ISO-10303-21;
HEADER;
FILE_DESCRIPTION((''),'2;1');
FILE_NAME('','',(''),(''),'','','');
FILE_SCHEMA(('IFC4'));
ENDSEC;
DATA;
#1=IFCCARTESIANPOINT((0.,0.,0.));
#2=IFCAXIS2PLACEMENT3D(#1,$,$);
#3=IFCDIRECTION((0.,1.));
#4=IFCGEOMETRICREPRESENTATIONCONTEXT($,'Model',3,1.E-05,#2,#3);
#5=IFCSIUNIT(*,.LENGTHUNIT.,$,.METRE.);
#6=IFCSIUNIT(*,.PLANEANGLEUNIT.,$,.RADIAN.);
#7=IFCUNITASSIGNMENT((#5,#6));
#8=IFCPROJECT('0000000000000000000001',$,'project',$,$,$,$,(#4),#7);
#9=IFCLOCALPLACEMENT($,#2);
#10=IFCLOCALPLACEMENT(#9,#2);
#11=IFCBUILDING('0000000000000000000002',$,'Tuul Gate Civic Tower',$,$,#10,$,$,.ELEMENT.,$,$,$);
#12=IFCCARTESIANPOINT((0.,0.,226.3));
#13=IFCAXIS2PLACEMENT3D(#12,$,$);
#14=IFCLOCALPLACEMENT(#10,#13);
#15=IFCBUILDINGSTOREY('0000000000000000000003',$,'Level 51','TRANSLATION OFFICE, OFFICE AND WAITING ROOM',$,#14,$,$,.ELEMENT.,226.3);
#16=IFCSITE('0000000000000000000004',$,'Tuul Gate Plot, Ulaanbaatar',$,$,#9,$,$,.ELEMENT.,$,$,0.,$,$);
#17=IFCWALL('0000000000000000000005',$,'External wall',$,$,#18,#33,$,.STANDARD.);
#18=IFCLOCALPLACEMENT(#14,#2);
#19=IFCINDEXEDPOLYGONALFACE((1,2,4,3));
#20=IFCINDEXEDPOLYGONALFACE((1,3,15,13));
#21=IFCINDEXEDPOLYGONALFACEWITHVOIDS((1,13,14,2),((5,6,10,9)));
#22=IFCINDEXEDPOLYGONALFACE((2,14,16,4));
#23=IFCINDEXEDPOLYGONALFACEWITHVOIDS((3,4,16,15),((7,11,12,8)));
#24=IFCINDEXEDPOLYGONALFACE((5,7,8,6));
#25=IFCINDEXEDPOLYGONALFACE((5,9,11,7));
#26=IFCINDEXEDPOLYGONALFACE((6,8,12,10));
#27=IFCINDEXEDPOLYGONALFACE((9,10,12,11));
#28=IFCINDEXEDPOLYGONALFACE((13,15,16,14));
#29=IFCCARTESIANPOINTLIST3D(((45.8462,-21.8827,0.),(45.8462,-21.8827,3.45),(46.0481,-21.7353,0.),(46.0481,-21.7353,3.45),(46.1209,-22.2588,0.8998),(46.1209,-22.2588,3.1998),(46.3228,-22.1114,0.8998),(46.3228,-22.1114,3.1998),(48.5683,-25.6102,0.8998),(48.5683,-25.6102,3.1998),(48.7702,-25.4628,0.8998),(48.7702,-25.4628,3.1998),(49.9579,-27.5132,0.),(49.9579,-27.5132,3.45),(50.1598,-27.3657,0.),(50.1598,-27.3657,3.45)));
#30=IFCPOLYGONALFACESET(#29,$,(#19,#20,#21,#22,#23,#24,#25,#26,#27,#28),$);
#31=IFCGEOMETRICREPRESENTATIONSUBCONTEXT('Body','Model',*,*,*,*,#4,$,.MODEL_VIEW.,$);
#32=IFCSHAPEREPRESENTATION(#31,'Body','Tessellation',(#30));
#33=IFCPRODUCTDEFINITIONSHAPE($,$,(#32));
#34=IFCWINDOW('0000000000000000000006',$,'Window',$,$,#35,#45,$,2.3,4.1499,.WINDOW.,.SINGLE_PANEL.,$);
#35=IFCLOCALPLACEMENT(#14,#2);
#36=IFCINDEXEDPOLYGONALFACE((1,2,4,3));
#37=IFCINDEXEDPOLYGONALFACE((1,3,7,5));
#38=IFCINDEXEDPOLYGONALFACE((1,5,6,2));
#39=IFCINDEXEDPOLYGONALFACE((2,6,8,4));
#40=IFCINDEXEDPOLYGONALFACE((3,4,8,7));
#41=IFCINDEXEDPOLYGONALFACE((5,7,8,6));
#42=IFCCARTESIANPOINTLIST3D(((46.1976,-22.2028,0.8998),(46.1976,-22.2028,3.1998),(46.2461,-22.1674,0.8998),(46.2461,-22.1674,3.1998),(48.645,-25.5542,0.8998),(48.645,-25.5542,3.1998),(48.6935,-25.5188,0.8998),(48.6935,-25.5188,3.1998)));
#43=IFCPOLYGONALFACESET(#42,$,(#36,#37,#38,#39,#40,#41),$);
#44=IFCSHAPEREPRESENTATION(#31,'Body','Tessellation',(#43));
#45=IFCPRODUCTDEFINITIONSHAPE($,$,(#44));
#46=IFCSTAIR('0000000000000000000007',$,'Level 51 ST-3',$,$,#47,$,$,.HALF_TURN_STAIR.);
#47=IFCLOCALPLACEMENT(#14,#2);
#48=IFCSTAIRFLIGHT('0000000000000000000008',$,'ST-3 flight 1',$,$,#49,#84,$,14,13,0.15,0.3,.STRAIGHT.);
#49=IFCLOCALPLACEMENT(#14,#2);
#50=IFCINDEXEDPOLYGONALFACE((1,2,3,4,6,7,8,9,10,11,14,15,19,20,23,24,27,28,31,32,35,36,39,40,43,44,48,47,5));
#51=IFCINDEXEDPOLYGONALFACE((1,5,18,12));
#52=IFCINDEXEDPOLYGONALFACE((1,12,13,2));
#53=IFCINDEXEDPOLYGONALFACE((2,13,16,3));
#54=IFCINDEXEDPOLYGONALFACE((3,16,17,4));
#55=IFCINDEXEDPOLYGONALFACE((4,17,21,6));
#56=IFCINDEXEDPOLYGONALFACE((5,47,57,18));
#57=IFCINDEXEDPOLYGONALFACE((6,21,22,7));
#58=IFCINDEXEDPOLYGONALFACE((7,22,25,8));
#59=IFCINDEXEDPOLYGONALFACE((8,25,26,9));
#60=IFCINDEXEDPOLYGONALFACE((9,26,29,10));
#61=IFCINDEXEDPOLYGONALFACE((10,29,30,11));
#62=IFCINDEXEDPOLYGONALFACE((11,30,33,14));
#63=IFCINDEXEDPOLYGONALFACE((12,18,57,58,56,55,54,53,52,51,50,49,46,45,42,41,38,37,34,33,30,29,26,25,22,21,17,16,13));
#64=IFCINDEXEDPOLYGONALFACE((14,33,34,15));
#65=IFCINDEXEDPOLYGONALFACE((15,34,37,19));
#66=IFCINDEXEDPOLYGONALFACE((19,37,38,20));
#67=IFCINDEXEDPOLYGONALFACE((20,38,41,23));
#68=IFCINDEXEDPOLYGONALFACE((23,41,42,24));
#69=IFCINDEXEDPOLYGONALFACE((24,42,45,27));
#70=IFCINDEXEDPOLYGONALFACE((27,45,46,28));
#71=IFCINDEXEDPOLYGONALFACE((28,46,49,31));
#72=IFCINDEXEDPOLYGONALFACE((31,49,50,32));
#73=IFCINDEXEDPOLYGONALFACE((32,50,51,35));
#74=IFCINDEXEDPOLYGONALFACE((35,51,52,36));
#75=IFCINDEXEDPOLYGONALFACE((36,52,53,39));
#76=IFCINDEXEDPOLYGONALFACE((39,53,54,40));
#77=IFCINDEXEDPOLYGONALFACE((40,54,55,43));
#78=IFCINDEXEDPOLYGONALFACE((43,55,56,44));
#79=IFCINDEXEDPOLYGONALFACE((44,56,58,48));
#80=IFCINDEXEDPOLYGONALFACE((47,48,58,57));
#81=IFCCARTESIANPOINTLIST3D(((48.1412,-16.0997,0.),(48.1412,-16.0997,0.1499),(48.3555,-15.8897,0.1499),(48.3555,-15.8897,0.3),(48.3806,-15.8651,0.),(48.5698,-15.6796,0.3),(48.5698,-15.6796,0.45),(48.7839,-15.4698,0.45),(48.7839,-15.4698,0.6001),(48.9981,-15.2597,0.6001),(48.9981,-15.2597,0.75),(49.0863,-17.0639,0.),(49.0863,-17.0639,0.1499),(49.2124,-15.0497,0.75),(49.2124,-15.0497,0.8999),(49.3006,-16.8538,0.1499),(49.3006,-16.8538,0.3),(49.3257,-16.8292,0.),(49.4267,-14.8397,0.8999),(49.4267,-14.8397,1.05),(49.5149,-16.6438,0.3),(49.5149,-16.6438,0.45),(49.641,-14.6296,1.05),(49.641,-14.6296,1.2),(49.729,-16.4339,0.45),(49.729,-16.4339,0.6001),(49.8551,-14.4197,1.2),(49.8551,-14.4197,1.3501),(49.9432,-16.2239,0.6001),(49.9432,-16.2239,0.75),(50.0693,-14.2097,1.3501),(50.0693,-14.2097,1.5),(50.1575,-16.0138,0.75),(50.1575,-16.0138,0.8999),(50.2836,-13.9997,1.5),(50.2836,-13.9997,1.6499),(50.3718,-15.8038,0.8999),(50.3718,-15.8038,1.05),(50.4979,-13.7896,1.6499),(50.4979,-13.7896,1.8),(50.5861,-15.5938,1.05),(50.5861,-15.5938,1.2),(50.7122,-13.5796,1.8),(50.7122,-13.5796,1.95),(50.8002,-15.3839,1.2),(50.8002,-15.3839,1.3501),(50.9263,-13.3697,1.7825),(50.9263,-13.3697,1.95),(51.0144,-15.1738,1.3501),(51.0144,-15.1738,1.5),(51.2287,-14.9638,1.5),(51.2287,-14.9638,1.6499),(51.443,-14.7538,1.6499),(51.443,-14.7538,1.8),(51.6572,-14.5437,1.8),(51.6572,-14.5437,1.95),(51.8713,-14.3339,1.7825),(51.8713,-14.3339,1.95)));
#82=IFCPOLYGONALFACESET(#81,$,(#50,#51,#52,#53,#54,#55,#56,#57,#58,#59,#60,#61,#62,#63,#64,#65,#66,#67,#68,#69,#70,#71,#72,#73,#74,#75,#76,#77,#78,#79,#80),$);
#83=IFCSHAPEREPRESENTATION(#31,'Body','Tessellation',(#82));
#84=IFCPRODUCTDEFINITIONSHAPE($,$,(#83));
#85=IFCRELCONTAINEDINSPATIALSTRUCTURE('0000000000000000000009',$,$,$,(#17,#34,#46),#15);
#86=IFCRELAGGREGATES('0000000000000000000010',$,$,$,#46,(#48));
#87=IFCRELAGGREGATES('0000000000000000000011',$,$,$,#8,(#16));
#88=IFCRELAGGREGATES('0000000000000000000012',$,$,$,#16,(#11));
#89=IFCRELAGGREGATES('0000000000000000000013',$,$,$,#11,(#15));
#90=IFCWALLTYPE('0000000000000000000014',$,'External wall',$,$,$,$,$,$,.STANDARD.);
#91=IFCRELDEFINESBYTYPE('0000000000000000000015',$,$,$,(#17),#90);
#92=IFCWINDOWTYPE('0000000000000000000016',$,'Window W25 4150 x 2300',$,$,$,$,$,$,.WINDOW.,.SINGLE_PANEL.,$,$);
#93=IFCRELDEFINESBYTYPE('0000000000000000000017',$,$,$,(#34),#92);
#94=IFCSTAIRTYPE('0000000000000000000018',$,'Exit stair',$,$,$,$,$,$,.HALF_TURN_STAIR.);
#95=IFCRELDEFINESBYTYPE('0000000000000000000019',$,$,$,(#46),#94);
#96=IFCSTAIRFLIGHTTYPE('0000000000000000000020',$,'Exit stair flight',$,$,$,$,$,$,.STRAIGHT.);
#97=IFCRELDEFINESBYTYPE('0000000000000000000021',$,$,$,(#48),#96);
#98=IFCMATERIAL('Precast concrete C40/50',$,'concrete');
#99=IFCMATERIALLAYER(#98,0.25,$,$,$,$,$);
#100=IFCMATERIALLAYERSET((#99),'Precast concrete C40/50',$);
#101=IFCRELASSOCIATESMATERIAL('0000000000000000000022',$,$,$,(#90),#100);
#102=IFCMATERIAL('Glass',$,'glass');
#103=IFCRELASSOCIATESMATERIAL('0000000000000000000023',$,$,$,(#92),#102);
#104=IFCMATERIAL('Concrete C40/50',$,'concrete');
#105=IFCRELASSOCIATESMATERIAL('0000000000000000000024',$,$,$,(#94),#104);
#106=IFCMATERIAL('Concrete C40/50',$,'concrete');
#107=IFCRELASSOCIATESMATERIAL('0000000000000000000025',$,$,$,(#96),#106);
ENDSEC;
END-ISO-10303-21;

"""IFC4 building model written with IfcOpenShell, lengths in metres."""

from ifc_helpers import new_model, si_unit, direction, frame, frame_2d, origin, place, context, subcontext, project, spatial, polyline, rectangle, outline, extrude, material, layer, layer_set, type_object, element, fill, aggregate, save


model = new_model("IFC4")

# Units and contexts
model_context = context("Model", 3, precision=1e-05, world=origin(), true_north=direction((0.0, 1.0)))
body_context = subcontext(model_context, "Body", "Model", "MODEL_VIEW")
ifc_project = project(units=[si_unit("LENGTHUNIT", "METRE"), si_unit("PLANEANGLEUNIT", "RADIAN")], contexts=[model_context])

# Site, building, storey
site_placement = place(None, origin())
site = spatial("IfcSite", under=ifc_project, at=site_placement, Name="Tuul Gate Plot, Ulaanbaatar", CompositionType="ELEMENT", RefElevation=0.0)
building_placement = place(site_placement, origin())
building = spatial("IfcBuilding", under=site, at=building_placement, Name="Tuul Gate Civic Tower", CompositionType="ELEMENT")
storey_placement = place(building_placement, frame((0.0, 0.0, 226.3)))
storey = spatial("IfcBuildingStorey", under=building, at=storey_placement, Name="Level 51", Description="TRANSLATION OFFICE, OFFICE AND WAITING ROOM", CompositionType="ELEMENT", Elevation=226.3)

# Wall, opening, window
ifc_material_1 = material(Name="Precast concrete C40/50", Category="concrete")
ifc_layer_1 = layer(ifc_material_1, 0.25)
ifc_layer_set_1 = layer_set([ifc_layer_1], Name="Precast concrete C40/50")
wall_type_1 = type_object("IfcWallType", Name="External wall", PredefinedType="STANDARD", material=ifc_layer_set_1)
wall_1_placement = place(storey_placement, frame((45.9473, -21.8091, 0.0), z_axis=(0.0, 0.0, 1.0), x_axis=(0.589743, -0.807591, 0.0)))
wall_1 = element("IfcWall", 1, at=wall_1_placement, inside=storey, type_object=wall_type_1, Name="External wall", PredefinedType="STANDARD", context=body_context, shape_type="SweptSolid", body=[
    extrude(rectangle(XDim=6.9719, YDim=0.25, at=frame_2d((3.4858, 0.0))), origin(), (0.0, 0.0, 1.0), 3.45),
])
opening_1_placement = place(wall_1_placement, frame((0.4656, 0.0, 0.8999)))
opening_1 = element("IfcOpeningElement", 2, at=opening_1_placement, cuts=wall_1, PredefinedType="OPENING", context=body_context, shape_type="SweptSolid", body=[
    extrude(rectangle(XDim=4.1499, YDim=2.3, at=frame_2d((2.075, 1.1499))), frame((0.0, 0.135, 0.0), z_axis=(0.0, -1.0, 0.0), x_axis=(1.0, 0.0, 0.0)), (0.0, 0.0, 1.0), 0.27),
])
ifc_material_2 = material(Name="Glass", Category="glass")
window_type_1 = type_object("IfcWindowType", Name="Window W25 4150 x 2300", PartitioningType="SINGLE_PANEL", PredefinedType="WINDOW", material=ifc_material_2)
window_1_placement = place(opening_1_placement, origin())
window_1 = element("IfcWindow", 3, at=window_1_placement, inside=storey, type_object=window_type_1, Name="Window", OverallHeight=2.3, OverallWidth=4.1499, PartitioningType="SINGLE_PANEL", PredefinedType="WINDOW", context=body_context, shape_type="SweptSolid", body=[
    extrude(rectangle(XDim=4.1499, YDim=2.3, at=frame_2d((2.075, 1.1499))), frame((0.0, 0.03, 0.0), z_axis=(0.0, -1.0, 0.0), x_axis=(1.0, 0.0, 0.0)), (0.0, 0.0, 1.0), 0.0601),
])
fill(opening_1, window_1)

# Stair, stair flight
ifc_material_3 = material(Name="Concrete C40/50", Category="concrete")
stair_type = type_object("IfcStairType", Name="Exit stair", PredefinedType="HALF_TURN_STAIR", material=ifc_material_3)
stair_placement = place(storey_placement, origin())
stair = element("IfcStair", 4, at=stair_placement, inside=storey, type_object=stair_type, Name="Level 51 ST-3", PredefinedType="HALF_TURN_STAIR")
ifc_material_4 = material(Name="Concrete C40/50", Category="concrete")
stair_flight_type = type_object("IfcStairFlightType", Name="Exit stair flight", PredefinedType="STRAIGHT", material=ifc_material_4)
stair_flight_placement = place(storey_placement, frame((48.6138, -16.5818, 0.0), z_axis=(0.0, 0.0, 1.0), x_axis=(0.714127, 0.700016, 0.0)))
stair_flight = element("IfcStairFlight", 5, at=stair_flight_placement, type_object=stair_flight_type, Name="ST-3 flight 1", NumberOfRisers=14, NumberOfTreads=13, PredefinedType="STRAIGHT", RiserHeight=0.15, TreadLength=0.3, context=body_context, shape_type="SweptSolid", body=[
    extrude(outline(polyline([(0.0, 0.0), (0.0, 0.1499), (0.3, 0.1499), (0.3, 0.3), (0.6001, 0.3), (0.6001, 0.45), (0.8999, 0.45), (0.8999, 0.6001), (1.2, 0.6001), (1.2, 0.75), (1.5, 0.75), (1.5, 0.8999), (1.8, 0.8999), (1.8, 1.05), (2.1001, 1.05), (2.1001, 1.2), (2.3999, 1.2), (2.3999, 1.3501), (2.7, 1.3501), (2.7, 1.5), (3.0, 1.5), (3.0, 1.6499), (3.3, 1.6499), (3.3, 1.8), (3.6001, 1.8), (3.6001, 1.95), (3.8999, 1.95), (3.8999, 2.1001), (3.8999, 1.7825), (0.3352, 0.0), (0.0, 0.0)])), frame((0.0, 0.675, 0.0), z_axis=(0.0, -1.0, 0.0), x_axis=(1.0, 0.0, 0.0)), (0.0, 0.0, 1.0), 1.3501),
])
aggregate(stair, [stair_flight])

save(model, "model.ifc")
